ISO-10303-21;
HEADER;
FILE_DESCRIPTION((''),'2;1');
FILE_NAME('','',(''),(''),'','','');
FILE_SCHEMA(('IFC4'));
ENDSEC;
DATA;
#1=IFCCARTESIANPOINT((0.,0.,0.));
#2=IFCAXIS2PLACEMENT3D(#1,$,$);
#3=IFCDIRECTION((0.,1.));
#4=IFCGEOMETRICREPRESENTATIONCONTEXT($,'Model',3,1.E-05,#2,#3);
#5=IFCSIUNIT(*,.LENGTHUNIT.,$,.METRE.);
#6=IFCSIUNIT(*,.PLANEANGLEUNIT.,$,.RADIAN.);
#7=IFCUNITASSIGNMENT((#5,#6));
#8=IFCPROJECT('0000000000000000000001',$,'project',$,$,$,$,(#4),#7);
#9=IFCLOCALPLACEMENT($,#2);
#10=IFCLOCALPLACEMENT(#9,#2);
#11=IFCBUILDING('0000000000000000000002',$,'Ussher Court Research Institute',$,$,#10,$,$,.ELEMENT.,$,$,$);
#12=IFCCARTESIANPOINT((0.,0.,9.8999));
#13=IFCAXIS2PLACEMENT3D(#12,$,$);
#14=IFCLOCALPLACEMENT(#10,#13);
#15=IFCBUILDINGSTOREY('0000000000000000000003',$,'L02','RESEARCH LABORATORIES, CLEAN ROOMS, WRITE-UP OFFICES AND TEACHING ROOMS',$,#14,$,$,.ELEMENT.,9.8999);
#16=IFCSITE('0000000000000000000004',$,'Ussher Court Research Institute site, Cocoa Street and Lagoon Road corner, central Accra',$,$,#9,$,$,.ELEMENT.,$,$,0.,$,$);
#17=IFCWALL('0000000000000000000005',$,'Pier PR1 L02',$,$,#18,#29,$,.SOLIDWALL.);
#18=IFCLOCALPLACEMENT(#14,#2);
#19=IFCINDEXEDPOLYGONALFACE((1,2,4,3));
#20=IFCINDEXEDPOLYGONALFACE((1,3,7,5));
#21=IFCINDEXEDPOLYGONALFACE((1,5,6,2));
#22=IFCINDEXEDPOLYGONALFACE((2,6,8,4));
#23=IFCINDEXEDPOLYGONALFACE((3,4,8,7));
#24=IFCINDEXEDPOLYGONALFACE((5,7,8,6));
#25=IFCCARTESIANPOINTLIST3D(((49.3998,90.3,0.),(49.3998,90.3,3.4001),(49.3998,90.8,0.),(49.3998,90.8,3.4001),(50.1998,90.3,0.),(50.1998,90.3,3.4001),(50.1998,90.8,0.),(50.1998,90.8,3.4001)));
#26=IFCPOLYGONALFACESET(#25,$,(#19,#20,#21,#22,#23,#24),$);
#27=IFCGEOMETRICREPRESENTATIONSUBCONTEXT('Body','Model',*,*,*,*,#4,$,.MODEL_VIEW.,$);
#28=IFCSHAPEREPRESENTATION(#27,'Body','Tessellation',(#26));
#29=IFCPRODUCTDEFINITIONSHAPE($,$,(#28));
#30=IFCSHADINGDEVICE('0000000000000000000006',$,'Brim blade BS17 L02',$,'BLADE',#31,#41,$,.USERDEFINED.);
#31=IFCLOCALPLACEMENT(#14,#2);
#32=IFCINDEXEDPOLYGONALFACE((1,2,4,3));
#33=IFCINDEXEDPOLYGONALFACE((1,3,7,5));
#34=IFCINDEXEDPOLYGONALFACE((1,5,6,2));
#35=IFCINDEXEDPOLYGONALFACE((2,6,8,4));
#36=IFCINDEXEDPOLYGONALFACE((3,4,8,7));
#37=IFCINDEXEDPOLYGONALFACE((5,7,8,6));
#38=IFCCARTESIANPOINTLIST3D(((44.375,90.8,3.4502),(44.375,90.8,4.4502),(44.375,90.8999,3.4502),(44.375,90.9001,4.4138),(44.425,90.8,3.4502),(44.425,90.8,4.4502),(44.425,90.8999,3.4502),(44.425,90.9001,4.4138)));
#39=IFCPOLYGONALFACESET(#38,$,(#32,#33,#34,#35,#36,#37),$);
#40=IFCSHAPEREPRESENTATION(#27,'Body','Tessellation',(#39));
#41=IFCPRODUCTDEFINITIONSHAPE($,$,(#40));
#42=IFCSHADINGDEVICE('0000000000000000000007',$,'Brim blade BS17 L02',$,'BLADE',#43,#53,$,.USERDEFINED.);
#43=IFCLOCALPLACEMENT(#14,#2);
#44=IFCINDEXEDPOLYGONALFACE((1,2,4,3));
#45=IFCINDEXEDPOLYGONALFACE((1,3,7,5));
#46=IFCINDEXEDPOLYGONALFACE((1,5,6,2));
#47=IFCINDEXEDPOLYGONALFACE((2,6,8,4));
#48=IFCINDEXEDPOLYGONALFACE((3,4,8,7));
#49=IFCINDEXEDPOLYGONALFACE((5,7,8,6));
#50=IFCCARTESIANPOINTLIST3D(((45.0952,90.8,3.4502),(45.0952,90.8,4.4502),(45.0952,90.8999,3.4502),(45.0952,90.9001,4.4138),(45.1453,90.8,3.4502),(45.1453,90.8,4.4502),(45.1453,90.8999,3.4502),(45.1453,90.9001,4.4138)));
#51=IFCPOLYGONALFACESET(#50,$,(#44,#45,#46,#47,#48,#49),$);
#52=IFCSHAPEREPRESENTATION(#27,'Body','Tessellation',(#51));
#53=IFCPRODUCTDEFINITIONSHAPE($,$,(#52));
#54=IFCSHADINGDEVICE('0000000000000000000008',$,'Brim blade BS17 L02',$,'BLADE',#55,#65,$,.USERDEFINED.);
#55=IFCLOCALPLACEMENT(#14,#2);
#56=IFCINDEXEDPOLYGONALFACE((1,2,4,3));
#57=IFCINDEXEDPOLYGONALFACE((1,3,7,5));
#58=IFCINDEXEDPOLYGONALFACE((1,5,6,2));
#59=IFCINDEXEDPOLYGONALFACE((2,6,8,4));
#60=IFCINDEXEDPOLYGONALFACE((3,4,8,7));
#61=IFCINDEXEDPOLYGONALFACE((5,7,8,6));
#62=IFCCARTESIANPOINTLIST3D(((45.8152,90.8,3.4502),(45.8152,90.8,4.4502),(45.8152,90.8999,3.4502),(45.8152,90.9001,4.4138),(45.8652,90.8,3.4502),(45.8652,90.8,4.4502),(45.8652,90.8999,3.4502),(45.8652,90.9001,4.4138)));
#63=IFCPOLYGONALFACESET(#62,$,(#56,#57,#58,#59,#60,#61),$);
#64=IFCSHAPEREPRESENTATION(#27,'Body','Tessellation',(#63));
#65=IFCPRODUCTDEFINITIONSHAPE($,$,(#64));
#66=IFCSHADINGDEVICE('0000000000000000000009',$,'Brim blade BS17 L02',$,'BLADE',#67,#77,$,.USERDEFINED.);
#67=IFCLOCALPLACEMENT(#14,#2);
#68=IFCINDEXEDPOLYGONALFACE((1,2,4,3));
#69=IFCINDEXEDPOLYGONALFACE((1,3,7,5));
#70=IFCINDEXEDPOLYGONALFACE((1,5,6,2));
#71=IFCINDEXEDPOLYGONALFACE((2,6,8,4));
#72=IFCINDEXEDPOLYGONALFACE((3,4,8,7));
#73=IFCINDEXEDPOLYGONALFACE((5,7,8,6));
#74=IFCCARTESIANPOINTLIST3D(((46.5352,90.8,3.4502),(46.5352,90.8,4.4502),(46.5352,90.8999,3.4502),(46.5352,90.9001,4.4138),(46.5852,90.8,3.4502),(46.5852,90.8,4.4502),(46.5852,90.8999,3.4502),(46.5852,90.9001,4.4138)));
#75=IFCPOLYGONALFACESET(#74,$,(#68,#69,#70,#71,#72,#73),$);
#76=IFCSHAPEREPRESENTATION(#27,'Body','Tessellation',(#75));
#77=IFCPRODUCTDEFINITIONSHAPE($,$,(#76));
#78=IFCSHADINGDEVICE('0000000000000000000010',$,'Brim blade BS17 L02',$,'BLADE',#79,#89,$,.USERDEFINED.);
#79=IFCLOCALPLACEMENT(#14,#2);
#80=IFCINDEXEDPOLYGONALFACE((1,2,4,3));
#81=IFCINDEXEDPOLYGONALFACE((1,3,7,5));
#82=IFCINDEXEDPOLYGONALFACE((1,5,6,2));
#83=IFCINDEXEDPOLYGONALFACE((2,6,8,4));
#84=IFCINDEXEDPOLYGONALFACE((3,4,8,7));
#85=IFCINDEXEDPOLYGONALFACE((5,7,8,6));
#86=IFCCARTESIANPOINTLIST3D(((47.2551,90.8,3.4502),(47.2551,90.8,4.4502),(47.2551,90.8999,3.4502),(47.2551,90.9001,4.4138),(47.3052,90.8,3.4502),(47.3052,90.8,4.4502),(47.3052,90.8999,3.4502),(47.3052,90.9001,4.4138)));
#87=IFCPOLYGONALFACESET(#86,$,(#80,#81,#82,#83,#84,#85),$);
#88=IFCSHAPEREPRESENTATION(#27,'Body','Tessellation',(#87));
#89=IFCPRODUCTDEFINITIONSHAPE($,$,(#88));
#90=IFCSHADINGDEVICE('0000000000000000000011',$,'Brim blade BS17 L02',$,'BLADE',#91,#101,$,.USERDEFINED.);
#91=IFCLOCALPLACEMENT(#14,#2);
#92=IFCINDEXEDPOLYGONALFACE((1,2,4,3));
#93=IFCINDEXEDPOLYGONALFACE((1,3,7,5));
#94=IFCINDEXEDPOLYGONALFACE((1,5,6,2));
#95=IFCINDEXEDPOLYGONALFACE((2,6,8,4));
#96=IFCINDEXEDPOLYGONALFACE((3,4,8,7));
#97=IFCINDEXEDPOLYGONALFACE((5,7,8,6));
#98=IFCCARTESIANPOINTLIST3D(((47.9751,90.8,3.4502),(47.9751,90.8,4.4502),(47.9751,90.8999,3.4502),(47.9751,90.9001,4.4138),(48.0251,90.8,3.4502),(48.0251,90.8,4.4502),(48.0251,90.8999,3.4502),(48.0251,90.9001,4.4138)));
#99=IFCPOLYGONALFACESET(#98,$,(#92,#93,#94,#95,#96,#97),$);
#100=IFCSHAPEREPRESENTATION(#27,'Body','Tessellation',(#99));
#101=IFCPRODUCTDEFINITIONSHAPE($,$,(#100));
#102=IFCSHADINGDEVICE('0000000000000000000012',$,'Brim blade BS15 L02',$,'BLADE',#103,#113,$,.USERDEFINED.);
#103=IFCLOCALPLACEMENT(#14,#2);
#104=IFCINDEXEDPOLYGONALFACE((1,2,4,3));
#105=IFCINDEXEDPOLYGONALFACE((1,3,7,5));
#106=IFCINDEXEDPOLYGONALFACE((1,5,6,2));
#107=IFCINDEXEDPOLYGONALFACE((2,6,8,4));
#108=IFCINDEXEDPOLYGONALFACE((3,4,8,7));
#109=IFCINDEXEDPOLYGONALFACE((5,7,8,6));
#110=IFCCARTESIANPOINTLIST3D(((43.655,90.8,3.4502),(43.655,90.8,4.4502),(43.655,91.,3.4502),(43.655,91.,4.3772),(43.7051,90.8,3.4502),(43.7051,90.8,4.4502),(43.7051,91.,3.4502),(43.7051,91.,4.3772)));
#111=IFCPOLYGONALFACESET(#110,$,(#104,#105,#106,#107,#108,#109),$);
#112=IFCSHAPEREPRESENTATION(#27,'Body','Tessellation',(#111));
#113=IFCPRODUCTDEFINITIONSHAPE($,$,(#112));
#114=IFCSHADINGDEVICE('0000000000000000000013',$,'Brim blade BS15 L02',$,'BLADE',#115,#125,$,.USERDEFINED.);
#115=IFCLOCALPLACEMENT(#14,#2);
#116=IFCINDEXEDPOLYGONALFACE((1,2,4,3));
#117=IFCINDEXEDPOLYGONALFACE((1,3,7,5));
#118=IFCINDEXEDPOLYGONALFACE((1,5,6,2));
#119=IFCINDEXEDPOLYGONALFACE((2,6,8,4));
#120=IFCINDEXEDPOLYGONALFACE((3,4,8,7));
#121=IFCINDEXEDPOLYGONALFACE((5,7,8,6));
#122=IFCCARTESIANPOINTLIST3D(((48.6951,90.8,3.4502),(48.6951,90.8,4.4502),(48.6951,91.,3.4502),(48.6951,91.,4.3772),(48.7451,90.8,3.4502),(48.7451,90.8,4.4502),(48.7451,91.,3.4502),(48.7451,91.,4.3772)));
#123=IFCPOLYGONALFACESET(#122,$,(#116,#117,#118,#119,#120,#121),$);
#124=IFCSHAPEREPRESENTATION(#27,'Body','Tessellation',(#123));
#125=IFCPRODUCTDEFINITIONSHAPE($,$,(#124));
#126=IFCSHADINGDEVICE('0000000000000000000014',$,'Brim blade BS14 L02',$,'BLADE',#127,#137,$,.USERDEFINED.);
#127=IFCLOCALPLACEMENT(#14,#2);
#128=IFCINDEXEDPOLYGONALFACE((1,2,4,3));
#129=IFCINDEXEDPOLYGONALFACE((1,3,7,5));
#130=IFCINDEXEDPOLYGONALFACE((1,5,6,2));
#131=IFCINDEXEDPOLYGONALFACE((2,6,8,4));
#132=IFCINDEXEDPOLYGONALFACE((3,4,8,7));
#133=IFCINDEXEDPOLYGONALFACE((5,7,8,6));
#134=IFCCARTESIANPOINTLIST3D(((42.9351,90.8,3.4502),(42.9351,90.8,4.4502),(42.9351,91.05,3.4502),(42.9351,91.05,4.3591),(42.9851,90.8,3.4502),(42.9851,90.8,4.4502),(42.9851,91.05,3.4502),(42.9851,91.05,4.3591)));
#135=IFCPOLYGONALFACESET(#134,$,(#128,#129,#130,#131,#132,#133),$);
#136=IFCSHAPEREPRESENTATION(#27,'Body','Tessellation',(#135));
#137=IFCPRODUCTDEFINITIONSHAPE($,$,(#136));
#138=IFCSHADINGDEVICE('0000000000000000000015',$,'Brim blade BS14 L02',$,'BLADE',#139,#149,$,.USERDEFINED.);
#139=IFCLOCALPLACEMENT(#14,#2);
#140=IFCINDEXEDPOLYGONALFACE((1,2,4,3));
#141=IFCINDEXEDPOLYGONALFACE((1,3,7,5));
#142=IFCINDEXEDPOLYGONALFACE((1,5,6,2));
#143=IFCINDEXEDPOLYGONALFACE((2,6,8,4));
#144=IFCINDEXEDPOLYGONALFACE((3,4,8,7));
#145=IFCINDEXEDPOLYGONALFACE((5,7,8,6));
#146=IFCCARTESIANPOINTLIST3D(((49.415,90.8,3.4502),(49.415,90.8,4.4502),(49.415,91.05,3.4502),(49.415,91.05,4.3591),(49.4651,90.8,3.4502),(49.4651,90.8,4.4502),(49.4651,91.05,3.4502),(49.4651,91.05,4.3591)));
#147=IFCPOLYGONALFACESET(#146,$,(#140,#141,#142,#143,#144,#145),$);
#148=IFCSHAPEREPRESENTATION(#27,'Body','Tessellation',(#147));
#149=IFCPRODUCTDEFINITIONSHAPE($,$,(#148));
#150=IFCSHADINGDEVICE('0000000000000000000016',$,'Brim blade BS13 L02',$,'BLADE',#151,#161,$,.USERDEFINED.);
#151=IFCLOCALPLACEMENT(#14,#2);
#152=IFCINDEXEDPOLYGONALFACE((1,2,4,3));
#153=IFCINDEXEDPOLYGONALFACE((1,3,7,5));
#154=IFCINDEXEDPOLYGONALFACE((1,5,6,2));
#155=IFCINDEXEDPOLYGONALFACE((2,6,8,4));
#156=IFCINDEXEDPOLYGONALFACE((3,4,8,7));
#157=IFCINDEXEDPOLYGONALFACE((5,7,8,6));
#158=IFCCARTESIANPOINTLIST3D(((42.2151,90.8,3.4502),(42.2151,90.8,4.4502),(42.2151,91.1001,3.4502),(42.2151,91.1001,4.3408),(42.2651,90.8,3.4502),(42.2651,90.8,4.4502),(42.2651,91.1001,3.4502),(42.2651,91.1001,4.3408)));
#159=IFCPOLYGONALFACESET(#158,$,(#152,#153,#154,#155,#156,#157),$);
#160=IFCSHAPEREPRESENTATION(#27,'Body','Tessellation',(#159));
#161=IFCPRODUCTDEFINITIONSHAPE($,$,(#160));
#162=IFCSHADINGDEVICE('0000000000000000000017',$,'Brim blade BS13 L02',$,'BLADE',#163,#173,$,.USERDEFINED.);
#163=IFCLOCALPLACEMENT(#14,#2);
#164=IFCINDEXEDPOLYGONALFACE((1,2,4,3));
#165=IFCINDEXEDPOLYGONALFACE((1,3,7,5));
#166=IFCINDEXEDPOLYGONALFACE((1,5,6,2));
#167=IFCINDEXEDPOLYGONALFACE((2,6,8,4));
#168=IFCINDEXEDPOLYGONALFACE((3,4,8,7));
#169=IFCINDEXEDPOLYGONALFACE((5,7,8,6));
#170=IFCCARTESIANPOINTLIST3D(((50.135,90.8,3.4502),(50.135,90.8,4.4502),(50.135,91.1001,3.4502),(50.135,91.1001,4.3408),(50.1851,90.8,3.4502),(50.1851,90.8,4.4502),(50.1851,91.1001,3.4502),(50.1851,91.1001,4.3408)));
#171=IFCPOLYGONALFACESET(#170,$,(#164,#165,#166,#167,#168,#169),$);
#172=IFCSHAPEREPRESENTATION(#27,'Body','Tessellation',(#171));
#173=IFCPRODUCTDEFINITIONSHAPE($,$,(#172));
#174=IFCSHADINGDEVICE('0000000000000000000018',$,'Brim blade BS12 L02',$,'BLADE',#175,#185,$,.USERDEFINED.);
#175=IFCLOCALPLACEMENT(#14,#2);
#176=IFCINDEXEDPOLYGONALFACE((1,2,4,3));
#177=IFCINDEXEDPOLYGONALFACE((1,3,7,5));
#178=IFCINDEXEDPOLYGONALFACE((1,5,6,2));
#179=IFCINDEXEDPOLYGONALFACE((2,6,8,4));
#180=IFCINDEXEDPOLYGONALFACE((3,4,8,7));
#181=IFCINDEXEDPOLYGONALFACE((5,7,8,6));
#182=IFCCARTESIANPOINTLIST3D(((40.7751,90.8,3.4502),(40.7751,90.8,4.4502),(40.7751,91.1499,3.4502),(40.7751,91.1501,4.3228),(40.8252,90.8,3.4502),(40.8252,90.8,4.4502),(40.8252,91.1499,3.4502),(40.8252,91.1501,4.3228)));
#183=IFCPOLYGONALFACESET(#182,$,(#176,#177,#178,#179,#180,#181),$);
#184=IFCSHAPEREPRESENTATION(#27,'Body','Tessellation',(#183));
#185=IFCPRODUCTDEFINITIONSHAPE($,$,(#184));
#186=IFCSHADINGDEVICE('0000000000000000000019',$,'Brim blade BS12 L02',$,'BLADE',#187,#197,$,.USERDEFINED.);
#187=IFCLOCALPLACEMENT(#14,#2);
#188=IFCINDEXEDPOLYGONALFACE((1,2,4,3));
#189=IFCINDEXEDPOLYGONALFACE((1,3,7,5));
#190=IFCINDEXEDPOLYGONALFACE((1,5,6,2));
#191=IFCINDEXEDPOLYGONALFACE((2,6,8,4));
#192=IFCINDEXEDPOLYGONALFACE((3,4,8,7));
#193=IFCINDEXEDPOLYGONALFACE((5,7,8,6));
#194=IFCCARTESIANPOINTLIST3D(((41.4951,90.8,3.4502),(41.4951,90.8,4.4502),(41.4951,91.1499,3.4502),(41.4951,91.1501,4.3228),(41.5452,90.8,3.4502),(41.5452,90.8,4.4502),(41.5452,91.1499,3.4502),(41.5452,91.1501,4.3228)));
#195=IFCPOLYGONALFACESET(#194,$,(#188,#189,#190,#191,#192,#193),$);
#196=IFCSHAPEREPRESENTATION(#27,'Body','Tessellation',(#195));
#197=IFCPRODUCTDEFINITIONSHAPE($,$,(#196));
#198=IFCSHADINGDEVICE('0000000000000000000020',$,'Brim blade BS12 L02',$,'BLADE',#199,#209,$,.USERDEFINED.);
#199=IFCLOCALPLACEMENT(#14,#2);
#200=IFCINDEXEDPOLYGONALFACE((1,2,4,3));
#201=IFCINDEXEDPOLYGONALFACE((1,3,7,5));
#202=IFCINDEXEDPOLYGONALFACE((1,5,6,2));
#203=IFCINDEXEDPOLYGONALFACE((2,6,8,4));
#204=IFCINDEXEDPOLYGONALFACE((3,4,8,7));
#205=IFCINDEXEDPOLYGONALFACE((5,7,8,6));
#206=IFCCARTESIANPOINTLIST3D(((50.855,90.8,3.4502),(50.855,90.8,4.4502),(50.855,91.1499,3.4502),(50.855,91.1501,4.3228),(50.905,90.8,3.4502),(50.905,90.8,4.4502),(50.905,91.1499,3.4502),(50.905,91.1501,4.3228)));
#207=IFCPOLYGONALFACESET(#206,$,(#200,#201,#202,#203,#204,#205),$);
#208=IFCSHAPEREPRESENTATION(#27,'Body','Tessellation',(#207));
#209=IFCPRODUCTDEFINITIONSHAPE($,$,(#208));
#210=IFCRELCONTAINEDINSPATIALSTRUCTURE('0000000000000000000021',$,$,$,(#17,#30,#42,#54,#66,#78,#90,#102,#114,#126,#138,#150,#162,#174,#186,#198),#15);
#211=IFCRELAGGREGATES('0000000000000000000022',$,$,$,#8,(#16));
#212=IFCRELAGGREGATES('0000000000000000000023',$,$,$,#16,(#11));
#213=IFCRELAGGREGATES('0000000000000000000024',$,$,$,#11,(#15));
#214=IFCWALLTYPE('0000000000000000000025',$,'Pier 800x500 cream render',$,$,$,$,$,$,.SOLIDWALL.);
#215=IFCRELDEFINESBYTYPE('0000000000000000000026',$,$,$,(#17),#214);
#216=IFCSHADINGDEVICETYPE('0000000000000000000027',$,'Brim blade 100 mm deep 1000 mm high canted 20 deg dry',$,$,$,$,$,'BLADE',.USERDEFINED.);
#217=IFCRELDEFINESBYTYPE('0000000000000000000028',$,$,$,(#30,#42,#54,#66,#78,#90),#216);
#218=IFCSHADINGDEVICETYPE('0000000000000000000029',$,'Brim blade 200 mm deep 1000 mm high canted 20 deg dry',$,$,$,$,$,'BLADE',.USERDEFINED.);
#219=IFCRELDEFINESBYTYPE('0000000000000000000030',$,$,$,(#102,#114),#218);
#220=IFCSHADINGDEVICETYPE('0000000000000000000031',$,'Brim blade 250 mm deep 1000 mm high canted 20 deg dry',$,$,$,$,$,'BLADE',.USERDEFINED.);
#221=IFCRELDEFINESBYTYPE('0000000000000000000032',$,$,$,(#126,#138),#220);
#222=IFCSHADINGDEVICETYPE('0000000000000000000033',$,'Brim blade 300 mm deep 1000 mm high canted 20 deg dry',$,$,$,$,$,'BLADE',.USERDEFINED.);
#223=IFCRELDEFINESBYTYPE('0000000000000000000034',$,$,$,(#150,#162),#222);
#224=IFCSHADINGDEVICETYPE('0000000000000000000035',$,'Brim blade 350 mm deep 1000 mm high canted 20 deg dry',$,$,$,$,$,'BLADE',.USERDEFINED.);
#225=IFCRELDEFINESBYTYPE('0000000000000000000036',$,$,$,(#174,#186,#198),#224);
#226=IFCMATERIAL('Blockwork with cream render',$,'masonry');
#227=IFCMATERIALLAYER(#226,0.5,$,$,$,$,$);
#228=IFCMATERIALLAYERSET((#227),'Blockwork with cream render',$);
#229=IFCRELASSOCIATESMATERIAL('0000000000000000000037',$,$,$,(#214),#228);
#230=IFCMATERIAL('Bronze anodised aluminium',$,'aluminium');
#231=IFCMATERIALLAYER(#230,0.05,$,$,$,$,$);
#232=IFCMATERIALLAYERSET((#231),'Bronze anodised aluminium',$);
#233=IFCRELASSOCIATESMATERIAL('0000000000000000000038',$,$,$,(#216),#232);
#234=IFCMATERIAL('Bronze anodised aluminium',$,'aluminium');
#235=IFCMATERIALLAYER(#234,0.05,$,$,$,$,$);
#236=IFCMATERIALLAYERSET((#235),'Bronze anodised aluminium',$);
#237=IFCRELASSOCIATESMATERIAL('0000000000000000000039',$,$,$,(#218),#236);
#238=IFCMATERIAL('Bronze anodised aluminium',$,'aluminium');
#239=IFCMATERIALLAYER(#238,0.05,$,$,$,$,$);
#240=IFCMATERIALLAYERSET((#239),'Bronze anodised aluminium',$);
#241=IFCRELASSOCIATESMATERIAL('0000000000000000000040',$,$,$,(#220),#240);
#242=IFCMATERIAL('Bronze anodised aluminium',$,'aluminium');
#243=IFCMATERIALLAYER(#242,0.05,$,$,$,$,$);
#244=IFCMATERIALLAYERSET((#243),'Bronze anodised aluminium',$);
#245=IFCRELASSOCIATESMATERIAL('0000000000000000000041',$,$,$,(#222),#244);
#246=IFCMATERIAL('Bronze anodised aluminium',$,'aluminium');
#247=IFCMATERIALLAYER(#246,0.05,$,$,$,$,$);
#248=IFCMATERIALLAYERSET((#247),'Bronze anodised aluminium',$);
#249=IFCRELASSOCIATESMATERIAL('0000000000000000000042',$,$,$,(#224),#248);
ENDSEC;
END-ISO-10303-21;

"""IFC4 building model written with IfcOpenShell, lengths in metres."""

from ifc_helpers import new_model, si_unit, direction, frame, frame_2d, origin, place, context, subcontext, project, spatial, polyline, rectangle, outline, extrude, material, layer, layer_set, type_object, element, save


model = new_model("IFC4")

# Units and contexts
model_context = context("Model", 3, precision=1e-05, world=origin(), true_north=direction((0.0, 1.0)))
body_context = subcontext(model_context, "Body", "Model", "MODEL_VIEW")
ifc_project = project(units=[si_unit("LENGTHUNIT", "METRE"), si_unit("PLANEANGLEUNIT", "RADIAN")], contexts=[model_context])

# Site, building, storey
site_placement = place(None, origin())
site = spatial("IfcSite", under=ifc_project, at=site_placement, Name="Ussher Court Research Institute site, Cocoa Street and Lagoon Road corner, central Accra", CompositionType="ELEMENT", RefElevation=0.0)
building_placement = place(site_placement, origin())
building = spatial("IfcBuilding", under=site, at=building_placement, Name="Ussher Court Research Institute", CompositionType="ELEMENT")
storey_placement = place(building_placement, frame((0.0, 0.0, 9.8999)))
storey = spatial("IfcBuildingStorey", under=building, at=storey_placement, Name="L02", Description="RESEARCH LABORATORIES, CLEAN ROOMS, WRITE-UP OFFICES AND TEACHING ROOMS", CompositionType="ELEMENT", Elevation=9.8999)

# Wall
ifc_material_1 = material(Name="Blockwork with cream render", Category="masonry")
ifc_layer_1 = layer(ifc_material_1, 0.5)
ifc_layer_set_1 = layer_set([ifc_layer_1], Name="Blockwork with cream render")
wall_type_1 = type_object("IfcWallType", Name="Pier 800x500 cream render", PredefinedType="SOLIDWALL", material=ifc_layer_set_1)
for number, where, z_axis, x_axis, name in (
    (1, (49.3999, 90.55, 0.0), (0.0, 0.0, 1.0), (1.0, 0.0, 0.0), "Pier PR1 L02"),
):
    element("IfcWall", number, at=place(storey_placement, frame(where, z_axis=z_axis, x_axis=x_axis)), inside=storey, type_object=wall_type_1, Name=name, PredefinedType="SOLIDWALL", context=body_context, shape_type="SweptSolid", body=[
        extrude(rectangle(XDim=0.8, YDim=0.5, at=frame_2d((0.3999, 0.0))), origin(), (0.0, 0.0, 1.0), 3.4001),
    ])

# Shading devices
ifc_material_2 = material(Name="Bronze anodised aluminium", Category="aluminium")
ifc_layer_2 = layer(ifc_material_2, 0.05)
ifc_layer_set_2 = layer_set([ifc_layer_2], Name="Bronze anodised aluminium")
shading_device_type_1 = type_object("IfcShadingDeviceType", Name="Brim blade 100 mm deep 1000 mm high canted 20 deg dry", ElementType="BLADE", PredefinedType="USERDEFINED", material=ifc_layer_set_2)
for number, where, z_axis, x_axis, name in (
    (2, (44.3999, 90.8, 3.4502), (0.0, 0.0, 1.0), (0.0, 1.0, 0.0), "Brim blade BS17 L02"),
    (3, (45.1201, 90.8, 3.4502), (0.0, 0.0, 1.0), (0.0, 1.0, 0.0), "Brim blade BS17 L02"),
    (4, (45.8401, 90.8, 3.4502), (0.0, 0.0, 1.0), (0.0, 1.0, 0.0), "Brim blade BS17 L02"),
    (5, (46.5601, 90.8, 3.4502), (0.0, 0.0, 1.0), (0.0, 1.0, 0.0), "Brim blade BS17 L02"),
    (6, (47.28, 90.8, 3.4502), (0.0, 0.0, 1.0), (0.0, 1.0, 0.0), "Brim blade BS17 L02"),
    (7, (48.0, 90.8, 3.4502), (0.0, 0.0, 1.0), (0.0, 1.0, 0.0), "Brim blade BS17 L02"),
):
    element("IfcShadingDevice", number, at=place(storey_placement, frame(where, z_axis=z_axis, x_axis=x_axis)), inside=storey, type_object=shading_device_type_1, Name=name, ObjectType="BLADE", PredefinedType="USERDEFINED", context=body_context, shape_type="SweptSolid", body=[
        extrude(outline(polyline([(0.0, 0.0), (0.0999, 0.0), (0.1001, 0.9636), (0.0, 1.0), (0.0, 0.0)])), frame((0.0, 0.0249, 0.0), z_axis=(0.0, -1.0, 0.0), x_axis=(1.0, 0.0, 0.0)), (0.0, 0.0, 1.0), 0.05),
    ])
ifc_material_3 = material(Name="Bronze anodised aluminium", Category="aluminium")
ifc_layer_3 = layer(ifc_material_3, 0.05)
ifc_layer_set_3 = layer_set([ifc_layer_3], Name="Bronze anodised aluminium")
shading_device_type_2 = type_object("IfcShadingDeviceType", Name="Brim blade 200 mm deep 1000 mm high canted 20 deg dry", ElementType="BLADE", PredefinedType="USERDEFINED", material=ifc_layer_set_3)
for number, where, z_axis, x_axis, name in (
    (8, (43.6799, 90.8, 3.4502), (0.0, 0.0, 1.0), (0.0, 1.0, 0.0), "Brim blade BS15 L02"),
    (9, (48.72, 90.8, 3.4502), (0.0, 0.0, 1.0), (0.0, 1.0, 0.0), "Brim blade BS15 L02"),
):
    element("IfcShadingDevice", number, at=place(storey_placement, frame(where, z_axis=z_axis, x_axis=x_axis)), inside=storey, type_object=shading_device_type_2, Name=name, ObjectType="BLADE", PredefinedType="USERDEFINED", context=body_context, shape_type="SweptSolid", body=[
        extrude(outline(polyline([(0.0, 0.0), (0.2, 0.0), (0.2, 0.927), (0.0, 1.0), (0.0, 0.0)])), frame((0.0, 0.0249, 0.0), z_axis=(0.0, -1.0, 0.0), x_axis=(1.0, 0.0, 0.0)), (0.0, 0.0, 1.0), 0.05),
    ])
ifc_material_4 = material(Name="Bronze anodised aluminium", Category="aluminium")
ifc_layer_4 = layer(ifc_material_4, 0.05)
ifc_layer_set_4 = layer_set([ifc_layer_4], Name="Bronze anodised aluminium")
shading_device_type_3 = type_object("IfcShadingDeviceType", Name="Brim blade 250 mm deep 1000 mm high canted 20 deg dry", ElementType="BLADE", PredefinedType="USERDEFINED", material=ifc_layer_set_4)
for number, where, z_axis, x_axis, name in (
    (10, (42.96, 90.8, 3.4502), (0.0, 0.0, 1.0), (0.0, 1.0, 0.0), "Brim blade BS14 L02"),
    (11, (49.4399, 90.8, 3.4502), (0.0, 0.0, 1.0), (0.0, 1.0, 0.0), "Brim blade BS14 L02"),
):
    element("IfcShadingDevice", number, at=place(storey_placement, frame(where, z_axis=z_axis, x_axis=x_axis)), inside=storey, type_object=shading_device_type_3, Name=name, ObjectType="BLADE", PredefinedType="USERDEFINED", context=body_context, shape_type="SweptSolid", body=[
        extrude(outline(polyline([(0.0, 0.0), (0.25, 0.0), (0.25, 0.9089), (0.0, 1.0), (0.0, 0.0)])), frame((0.0, 0.0249, 0.0), z_axis=(0.0, -1.0, 0.0), x_axis=(1.0, 0.0, 0.0)), (0.0, 0.0, 1.0), 0.05),
    ])
ifc_material_5 = material(Name="Bronze anodised aluminium", Category="aluminium")
ifc_layer_5 = layer(ifc_material_5, 0.05)
ifc_layer_set_5 = layer_set([ifc_layer_5], Name="Bronze anodised aluminium")
shading_device_type_4 = type_object("IfcShadingDeviceType", Name="Brim blade 300 mm deep 1000 mm high canted 20 deg dry", ElementType="BLADE", PredefinedType="USERDEFINED", material=ifc_layer_set_5)
for number, where, z_axis, x_axis, name in (
    (12, (42.24, 90.8, 3.4502), (0.0, 0.0, 1.0), (0.0, 1.0, 0.0), "Brim blade BS13 L02"),
    (13, (50.1599, 90.8, 3.4502), (0.0, 0.0, 1.0), (0.0, 1.0, 0.0), "Brim blade BS13 L02"),
):
    element("IfcShadingDevice", number, at=place(storey_placement, frame(where, z_axis=z_axis, x_axis=x_axis)), inside=storey, type_object=shading_device_type_4, Name=name, ObjectType="BLADE", PredefinedType="USERDEFINED", context=body_context, shape_type="SweptSolid", body=[
        extrude(outline(polyline([(0.0, 0.0), (0.3, 0.0), (0.3, 0.8906), (0.0, 1.0), (0.0, 0.0)])), frame((0.0, 0.0249, 0.0), z_axis=(0.0, -1.0, 0.0), x_axis=(1.0, 0.0, 0.0)), (0.0, 0.0, 1.0), 0.05),
    ])
ifc_material_6 = material(Name="Bronze anodised aluminium", Category="aluminium")
ifc_layer_6 = layer(ifc_material_6, 0.05)
ifc_layer_set_6 = layer_set([ifc_layer_6], Name="Bronze anodised aluminium")
shading_device_type_5 = type_object("IfcShadingDeviceType", Name="Brim blade 350 mm deep 1000 mm high canted 20 deg dry", ElementType="BLADE", PredefinedType="USERDEFINED", material=ifc_layer_set_6)
for number, where, z_axis, x_axis, name in (
    (14, (40.8, 90.8, 3.4502), (0.0, 0.0, 1.0), (0.0, 1.0, 0.0), "Brim blade BS12 L02"),
    (15, (41.52, 90.8, 3.4502), (0.0, 0.0, 1.0), (0.0, 1.0, 0.0), "Brim blade BS12 L02"),
    (16, (50.8799, 90.8, 3.4502), (0.0, 0.0, 1.0), (0.0, 1.0, 0.0), "Brim blade BS12 L02"),
):
    element("IfcShadingDevice", number, at=place(storey_placement, frame(where, z_axis=z_axis, x_axis=x_axis)), inside=storey, type_object=shading_device_type_5, Name=name, ObjectType="BLADE", PredefinedType="USERDEFINED", context=body_context, shape_type="SweptSolid", body=[
        extrude(outline(polyline([(0.0, 0.0), (0.3499, 0.0), (0.3501, 0.8726), (0.0, 1.0), (0.0, 0.0)])), frame((0.0, 0.0249, 0.0), z_axis=(0.0, -1.0, 0.0), x_axis=(1.0, 0.0, 0.0)), (0.0, 0.0, 1.0), 0.05),
    ])

save(model, "model.ifc")
